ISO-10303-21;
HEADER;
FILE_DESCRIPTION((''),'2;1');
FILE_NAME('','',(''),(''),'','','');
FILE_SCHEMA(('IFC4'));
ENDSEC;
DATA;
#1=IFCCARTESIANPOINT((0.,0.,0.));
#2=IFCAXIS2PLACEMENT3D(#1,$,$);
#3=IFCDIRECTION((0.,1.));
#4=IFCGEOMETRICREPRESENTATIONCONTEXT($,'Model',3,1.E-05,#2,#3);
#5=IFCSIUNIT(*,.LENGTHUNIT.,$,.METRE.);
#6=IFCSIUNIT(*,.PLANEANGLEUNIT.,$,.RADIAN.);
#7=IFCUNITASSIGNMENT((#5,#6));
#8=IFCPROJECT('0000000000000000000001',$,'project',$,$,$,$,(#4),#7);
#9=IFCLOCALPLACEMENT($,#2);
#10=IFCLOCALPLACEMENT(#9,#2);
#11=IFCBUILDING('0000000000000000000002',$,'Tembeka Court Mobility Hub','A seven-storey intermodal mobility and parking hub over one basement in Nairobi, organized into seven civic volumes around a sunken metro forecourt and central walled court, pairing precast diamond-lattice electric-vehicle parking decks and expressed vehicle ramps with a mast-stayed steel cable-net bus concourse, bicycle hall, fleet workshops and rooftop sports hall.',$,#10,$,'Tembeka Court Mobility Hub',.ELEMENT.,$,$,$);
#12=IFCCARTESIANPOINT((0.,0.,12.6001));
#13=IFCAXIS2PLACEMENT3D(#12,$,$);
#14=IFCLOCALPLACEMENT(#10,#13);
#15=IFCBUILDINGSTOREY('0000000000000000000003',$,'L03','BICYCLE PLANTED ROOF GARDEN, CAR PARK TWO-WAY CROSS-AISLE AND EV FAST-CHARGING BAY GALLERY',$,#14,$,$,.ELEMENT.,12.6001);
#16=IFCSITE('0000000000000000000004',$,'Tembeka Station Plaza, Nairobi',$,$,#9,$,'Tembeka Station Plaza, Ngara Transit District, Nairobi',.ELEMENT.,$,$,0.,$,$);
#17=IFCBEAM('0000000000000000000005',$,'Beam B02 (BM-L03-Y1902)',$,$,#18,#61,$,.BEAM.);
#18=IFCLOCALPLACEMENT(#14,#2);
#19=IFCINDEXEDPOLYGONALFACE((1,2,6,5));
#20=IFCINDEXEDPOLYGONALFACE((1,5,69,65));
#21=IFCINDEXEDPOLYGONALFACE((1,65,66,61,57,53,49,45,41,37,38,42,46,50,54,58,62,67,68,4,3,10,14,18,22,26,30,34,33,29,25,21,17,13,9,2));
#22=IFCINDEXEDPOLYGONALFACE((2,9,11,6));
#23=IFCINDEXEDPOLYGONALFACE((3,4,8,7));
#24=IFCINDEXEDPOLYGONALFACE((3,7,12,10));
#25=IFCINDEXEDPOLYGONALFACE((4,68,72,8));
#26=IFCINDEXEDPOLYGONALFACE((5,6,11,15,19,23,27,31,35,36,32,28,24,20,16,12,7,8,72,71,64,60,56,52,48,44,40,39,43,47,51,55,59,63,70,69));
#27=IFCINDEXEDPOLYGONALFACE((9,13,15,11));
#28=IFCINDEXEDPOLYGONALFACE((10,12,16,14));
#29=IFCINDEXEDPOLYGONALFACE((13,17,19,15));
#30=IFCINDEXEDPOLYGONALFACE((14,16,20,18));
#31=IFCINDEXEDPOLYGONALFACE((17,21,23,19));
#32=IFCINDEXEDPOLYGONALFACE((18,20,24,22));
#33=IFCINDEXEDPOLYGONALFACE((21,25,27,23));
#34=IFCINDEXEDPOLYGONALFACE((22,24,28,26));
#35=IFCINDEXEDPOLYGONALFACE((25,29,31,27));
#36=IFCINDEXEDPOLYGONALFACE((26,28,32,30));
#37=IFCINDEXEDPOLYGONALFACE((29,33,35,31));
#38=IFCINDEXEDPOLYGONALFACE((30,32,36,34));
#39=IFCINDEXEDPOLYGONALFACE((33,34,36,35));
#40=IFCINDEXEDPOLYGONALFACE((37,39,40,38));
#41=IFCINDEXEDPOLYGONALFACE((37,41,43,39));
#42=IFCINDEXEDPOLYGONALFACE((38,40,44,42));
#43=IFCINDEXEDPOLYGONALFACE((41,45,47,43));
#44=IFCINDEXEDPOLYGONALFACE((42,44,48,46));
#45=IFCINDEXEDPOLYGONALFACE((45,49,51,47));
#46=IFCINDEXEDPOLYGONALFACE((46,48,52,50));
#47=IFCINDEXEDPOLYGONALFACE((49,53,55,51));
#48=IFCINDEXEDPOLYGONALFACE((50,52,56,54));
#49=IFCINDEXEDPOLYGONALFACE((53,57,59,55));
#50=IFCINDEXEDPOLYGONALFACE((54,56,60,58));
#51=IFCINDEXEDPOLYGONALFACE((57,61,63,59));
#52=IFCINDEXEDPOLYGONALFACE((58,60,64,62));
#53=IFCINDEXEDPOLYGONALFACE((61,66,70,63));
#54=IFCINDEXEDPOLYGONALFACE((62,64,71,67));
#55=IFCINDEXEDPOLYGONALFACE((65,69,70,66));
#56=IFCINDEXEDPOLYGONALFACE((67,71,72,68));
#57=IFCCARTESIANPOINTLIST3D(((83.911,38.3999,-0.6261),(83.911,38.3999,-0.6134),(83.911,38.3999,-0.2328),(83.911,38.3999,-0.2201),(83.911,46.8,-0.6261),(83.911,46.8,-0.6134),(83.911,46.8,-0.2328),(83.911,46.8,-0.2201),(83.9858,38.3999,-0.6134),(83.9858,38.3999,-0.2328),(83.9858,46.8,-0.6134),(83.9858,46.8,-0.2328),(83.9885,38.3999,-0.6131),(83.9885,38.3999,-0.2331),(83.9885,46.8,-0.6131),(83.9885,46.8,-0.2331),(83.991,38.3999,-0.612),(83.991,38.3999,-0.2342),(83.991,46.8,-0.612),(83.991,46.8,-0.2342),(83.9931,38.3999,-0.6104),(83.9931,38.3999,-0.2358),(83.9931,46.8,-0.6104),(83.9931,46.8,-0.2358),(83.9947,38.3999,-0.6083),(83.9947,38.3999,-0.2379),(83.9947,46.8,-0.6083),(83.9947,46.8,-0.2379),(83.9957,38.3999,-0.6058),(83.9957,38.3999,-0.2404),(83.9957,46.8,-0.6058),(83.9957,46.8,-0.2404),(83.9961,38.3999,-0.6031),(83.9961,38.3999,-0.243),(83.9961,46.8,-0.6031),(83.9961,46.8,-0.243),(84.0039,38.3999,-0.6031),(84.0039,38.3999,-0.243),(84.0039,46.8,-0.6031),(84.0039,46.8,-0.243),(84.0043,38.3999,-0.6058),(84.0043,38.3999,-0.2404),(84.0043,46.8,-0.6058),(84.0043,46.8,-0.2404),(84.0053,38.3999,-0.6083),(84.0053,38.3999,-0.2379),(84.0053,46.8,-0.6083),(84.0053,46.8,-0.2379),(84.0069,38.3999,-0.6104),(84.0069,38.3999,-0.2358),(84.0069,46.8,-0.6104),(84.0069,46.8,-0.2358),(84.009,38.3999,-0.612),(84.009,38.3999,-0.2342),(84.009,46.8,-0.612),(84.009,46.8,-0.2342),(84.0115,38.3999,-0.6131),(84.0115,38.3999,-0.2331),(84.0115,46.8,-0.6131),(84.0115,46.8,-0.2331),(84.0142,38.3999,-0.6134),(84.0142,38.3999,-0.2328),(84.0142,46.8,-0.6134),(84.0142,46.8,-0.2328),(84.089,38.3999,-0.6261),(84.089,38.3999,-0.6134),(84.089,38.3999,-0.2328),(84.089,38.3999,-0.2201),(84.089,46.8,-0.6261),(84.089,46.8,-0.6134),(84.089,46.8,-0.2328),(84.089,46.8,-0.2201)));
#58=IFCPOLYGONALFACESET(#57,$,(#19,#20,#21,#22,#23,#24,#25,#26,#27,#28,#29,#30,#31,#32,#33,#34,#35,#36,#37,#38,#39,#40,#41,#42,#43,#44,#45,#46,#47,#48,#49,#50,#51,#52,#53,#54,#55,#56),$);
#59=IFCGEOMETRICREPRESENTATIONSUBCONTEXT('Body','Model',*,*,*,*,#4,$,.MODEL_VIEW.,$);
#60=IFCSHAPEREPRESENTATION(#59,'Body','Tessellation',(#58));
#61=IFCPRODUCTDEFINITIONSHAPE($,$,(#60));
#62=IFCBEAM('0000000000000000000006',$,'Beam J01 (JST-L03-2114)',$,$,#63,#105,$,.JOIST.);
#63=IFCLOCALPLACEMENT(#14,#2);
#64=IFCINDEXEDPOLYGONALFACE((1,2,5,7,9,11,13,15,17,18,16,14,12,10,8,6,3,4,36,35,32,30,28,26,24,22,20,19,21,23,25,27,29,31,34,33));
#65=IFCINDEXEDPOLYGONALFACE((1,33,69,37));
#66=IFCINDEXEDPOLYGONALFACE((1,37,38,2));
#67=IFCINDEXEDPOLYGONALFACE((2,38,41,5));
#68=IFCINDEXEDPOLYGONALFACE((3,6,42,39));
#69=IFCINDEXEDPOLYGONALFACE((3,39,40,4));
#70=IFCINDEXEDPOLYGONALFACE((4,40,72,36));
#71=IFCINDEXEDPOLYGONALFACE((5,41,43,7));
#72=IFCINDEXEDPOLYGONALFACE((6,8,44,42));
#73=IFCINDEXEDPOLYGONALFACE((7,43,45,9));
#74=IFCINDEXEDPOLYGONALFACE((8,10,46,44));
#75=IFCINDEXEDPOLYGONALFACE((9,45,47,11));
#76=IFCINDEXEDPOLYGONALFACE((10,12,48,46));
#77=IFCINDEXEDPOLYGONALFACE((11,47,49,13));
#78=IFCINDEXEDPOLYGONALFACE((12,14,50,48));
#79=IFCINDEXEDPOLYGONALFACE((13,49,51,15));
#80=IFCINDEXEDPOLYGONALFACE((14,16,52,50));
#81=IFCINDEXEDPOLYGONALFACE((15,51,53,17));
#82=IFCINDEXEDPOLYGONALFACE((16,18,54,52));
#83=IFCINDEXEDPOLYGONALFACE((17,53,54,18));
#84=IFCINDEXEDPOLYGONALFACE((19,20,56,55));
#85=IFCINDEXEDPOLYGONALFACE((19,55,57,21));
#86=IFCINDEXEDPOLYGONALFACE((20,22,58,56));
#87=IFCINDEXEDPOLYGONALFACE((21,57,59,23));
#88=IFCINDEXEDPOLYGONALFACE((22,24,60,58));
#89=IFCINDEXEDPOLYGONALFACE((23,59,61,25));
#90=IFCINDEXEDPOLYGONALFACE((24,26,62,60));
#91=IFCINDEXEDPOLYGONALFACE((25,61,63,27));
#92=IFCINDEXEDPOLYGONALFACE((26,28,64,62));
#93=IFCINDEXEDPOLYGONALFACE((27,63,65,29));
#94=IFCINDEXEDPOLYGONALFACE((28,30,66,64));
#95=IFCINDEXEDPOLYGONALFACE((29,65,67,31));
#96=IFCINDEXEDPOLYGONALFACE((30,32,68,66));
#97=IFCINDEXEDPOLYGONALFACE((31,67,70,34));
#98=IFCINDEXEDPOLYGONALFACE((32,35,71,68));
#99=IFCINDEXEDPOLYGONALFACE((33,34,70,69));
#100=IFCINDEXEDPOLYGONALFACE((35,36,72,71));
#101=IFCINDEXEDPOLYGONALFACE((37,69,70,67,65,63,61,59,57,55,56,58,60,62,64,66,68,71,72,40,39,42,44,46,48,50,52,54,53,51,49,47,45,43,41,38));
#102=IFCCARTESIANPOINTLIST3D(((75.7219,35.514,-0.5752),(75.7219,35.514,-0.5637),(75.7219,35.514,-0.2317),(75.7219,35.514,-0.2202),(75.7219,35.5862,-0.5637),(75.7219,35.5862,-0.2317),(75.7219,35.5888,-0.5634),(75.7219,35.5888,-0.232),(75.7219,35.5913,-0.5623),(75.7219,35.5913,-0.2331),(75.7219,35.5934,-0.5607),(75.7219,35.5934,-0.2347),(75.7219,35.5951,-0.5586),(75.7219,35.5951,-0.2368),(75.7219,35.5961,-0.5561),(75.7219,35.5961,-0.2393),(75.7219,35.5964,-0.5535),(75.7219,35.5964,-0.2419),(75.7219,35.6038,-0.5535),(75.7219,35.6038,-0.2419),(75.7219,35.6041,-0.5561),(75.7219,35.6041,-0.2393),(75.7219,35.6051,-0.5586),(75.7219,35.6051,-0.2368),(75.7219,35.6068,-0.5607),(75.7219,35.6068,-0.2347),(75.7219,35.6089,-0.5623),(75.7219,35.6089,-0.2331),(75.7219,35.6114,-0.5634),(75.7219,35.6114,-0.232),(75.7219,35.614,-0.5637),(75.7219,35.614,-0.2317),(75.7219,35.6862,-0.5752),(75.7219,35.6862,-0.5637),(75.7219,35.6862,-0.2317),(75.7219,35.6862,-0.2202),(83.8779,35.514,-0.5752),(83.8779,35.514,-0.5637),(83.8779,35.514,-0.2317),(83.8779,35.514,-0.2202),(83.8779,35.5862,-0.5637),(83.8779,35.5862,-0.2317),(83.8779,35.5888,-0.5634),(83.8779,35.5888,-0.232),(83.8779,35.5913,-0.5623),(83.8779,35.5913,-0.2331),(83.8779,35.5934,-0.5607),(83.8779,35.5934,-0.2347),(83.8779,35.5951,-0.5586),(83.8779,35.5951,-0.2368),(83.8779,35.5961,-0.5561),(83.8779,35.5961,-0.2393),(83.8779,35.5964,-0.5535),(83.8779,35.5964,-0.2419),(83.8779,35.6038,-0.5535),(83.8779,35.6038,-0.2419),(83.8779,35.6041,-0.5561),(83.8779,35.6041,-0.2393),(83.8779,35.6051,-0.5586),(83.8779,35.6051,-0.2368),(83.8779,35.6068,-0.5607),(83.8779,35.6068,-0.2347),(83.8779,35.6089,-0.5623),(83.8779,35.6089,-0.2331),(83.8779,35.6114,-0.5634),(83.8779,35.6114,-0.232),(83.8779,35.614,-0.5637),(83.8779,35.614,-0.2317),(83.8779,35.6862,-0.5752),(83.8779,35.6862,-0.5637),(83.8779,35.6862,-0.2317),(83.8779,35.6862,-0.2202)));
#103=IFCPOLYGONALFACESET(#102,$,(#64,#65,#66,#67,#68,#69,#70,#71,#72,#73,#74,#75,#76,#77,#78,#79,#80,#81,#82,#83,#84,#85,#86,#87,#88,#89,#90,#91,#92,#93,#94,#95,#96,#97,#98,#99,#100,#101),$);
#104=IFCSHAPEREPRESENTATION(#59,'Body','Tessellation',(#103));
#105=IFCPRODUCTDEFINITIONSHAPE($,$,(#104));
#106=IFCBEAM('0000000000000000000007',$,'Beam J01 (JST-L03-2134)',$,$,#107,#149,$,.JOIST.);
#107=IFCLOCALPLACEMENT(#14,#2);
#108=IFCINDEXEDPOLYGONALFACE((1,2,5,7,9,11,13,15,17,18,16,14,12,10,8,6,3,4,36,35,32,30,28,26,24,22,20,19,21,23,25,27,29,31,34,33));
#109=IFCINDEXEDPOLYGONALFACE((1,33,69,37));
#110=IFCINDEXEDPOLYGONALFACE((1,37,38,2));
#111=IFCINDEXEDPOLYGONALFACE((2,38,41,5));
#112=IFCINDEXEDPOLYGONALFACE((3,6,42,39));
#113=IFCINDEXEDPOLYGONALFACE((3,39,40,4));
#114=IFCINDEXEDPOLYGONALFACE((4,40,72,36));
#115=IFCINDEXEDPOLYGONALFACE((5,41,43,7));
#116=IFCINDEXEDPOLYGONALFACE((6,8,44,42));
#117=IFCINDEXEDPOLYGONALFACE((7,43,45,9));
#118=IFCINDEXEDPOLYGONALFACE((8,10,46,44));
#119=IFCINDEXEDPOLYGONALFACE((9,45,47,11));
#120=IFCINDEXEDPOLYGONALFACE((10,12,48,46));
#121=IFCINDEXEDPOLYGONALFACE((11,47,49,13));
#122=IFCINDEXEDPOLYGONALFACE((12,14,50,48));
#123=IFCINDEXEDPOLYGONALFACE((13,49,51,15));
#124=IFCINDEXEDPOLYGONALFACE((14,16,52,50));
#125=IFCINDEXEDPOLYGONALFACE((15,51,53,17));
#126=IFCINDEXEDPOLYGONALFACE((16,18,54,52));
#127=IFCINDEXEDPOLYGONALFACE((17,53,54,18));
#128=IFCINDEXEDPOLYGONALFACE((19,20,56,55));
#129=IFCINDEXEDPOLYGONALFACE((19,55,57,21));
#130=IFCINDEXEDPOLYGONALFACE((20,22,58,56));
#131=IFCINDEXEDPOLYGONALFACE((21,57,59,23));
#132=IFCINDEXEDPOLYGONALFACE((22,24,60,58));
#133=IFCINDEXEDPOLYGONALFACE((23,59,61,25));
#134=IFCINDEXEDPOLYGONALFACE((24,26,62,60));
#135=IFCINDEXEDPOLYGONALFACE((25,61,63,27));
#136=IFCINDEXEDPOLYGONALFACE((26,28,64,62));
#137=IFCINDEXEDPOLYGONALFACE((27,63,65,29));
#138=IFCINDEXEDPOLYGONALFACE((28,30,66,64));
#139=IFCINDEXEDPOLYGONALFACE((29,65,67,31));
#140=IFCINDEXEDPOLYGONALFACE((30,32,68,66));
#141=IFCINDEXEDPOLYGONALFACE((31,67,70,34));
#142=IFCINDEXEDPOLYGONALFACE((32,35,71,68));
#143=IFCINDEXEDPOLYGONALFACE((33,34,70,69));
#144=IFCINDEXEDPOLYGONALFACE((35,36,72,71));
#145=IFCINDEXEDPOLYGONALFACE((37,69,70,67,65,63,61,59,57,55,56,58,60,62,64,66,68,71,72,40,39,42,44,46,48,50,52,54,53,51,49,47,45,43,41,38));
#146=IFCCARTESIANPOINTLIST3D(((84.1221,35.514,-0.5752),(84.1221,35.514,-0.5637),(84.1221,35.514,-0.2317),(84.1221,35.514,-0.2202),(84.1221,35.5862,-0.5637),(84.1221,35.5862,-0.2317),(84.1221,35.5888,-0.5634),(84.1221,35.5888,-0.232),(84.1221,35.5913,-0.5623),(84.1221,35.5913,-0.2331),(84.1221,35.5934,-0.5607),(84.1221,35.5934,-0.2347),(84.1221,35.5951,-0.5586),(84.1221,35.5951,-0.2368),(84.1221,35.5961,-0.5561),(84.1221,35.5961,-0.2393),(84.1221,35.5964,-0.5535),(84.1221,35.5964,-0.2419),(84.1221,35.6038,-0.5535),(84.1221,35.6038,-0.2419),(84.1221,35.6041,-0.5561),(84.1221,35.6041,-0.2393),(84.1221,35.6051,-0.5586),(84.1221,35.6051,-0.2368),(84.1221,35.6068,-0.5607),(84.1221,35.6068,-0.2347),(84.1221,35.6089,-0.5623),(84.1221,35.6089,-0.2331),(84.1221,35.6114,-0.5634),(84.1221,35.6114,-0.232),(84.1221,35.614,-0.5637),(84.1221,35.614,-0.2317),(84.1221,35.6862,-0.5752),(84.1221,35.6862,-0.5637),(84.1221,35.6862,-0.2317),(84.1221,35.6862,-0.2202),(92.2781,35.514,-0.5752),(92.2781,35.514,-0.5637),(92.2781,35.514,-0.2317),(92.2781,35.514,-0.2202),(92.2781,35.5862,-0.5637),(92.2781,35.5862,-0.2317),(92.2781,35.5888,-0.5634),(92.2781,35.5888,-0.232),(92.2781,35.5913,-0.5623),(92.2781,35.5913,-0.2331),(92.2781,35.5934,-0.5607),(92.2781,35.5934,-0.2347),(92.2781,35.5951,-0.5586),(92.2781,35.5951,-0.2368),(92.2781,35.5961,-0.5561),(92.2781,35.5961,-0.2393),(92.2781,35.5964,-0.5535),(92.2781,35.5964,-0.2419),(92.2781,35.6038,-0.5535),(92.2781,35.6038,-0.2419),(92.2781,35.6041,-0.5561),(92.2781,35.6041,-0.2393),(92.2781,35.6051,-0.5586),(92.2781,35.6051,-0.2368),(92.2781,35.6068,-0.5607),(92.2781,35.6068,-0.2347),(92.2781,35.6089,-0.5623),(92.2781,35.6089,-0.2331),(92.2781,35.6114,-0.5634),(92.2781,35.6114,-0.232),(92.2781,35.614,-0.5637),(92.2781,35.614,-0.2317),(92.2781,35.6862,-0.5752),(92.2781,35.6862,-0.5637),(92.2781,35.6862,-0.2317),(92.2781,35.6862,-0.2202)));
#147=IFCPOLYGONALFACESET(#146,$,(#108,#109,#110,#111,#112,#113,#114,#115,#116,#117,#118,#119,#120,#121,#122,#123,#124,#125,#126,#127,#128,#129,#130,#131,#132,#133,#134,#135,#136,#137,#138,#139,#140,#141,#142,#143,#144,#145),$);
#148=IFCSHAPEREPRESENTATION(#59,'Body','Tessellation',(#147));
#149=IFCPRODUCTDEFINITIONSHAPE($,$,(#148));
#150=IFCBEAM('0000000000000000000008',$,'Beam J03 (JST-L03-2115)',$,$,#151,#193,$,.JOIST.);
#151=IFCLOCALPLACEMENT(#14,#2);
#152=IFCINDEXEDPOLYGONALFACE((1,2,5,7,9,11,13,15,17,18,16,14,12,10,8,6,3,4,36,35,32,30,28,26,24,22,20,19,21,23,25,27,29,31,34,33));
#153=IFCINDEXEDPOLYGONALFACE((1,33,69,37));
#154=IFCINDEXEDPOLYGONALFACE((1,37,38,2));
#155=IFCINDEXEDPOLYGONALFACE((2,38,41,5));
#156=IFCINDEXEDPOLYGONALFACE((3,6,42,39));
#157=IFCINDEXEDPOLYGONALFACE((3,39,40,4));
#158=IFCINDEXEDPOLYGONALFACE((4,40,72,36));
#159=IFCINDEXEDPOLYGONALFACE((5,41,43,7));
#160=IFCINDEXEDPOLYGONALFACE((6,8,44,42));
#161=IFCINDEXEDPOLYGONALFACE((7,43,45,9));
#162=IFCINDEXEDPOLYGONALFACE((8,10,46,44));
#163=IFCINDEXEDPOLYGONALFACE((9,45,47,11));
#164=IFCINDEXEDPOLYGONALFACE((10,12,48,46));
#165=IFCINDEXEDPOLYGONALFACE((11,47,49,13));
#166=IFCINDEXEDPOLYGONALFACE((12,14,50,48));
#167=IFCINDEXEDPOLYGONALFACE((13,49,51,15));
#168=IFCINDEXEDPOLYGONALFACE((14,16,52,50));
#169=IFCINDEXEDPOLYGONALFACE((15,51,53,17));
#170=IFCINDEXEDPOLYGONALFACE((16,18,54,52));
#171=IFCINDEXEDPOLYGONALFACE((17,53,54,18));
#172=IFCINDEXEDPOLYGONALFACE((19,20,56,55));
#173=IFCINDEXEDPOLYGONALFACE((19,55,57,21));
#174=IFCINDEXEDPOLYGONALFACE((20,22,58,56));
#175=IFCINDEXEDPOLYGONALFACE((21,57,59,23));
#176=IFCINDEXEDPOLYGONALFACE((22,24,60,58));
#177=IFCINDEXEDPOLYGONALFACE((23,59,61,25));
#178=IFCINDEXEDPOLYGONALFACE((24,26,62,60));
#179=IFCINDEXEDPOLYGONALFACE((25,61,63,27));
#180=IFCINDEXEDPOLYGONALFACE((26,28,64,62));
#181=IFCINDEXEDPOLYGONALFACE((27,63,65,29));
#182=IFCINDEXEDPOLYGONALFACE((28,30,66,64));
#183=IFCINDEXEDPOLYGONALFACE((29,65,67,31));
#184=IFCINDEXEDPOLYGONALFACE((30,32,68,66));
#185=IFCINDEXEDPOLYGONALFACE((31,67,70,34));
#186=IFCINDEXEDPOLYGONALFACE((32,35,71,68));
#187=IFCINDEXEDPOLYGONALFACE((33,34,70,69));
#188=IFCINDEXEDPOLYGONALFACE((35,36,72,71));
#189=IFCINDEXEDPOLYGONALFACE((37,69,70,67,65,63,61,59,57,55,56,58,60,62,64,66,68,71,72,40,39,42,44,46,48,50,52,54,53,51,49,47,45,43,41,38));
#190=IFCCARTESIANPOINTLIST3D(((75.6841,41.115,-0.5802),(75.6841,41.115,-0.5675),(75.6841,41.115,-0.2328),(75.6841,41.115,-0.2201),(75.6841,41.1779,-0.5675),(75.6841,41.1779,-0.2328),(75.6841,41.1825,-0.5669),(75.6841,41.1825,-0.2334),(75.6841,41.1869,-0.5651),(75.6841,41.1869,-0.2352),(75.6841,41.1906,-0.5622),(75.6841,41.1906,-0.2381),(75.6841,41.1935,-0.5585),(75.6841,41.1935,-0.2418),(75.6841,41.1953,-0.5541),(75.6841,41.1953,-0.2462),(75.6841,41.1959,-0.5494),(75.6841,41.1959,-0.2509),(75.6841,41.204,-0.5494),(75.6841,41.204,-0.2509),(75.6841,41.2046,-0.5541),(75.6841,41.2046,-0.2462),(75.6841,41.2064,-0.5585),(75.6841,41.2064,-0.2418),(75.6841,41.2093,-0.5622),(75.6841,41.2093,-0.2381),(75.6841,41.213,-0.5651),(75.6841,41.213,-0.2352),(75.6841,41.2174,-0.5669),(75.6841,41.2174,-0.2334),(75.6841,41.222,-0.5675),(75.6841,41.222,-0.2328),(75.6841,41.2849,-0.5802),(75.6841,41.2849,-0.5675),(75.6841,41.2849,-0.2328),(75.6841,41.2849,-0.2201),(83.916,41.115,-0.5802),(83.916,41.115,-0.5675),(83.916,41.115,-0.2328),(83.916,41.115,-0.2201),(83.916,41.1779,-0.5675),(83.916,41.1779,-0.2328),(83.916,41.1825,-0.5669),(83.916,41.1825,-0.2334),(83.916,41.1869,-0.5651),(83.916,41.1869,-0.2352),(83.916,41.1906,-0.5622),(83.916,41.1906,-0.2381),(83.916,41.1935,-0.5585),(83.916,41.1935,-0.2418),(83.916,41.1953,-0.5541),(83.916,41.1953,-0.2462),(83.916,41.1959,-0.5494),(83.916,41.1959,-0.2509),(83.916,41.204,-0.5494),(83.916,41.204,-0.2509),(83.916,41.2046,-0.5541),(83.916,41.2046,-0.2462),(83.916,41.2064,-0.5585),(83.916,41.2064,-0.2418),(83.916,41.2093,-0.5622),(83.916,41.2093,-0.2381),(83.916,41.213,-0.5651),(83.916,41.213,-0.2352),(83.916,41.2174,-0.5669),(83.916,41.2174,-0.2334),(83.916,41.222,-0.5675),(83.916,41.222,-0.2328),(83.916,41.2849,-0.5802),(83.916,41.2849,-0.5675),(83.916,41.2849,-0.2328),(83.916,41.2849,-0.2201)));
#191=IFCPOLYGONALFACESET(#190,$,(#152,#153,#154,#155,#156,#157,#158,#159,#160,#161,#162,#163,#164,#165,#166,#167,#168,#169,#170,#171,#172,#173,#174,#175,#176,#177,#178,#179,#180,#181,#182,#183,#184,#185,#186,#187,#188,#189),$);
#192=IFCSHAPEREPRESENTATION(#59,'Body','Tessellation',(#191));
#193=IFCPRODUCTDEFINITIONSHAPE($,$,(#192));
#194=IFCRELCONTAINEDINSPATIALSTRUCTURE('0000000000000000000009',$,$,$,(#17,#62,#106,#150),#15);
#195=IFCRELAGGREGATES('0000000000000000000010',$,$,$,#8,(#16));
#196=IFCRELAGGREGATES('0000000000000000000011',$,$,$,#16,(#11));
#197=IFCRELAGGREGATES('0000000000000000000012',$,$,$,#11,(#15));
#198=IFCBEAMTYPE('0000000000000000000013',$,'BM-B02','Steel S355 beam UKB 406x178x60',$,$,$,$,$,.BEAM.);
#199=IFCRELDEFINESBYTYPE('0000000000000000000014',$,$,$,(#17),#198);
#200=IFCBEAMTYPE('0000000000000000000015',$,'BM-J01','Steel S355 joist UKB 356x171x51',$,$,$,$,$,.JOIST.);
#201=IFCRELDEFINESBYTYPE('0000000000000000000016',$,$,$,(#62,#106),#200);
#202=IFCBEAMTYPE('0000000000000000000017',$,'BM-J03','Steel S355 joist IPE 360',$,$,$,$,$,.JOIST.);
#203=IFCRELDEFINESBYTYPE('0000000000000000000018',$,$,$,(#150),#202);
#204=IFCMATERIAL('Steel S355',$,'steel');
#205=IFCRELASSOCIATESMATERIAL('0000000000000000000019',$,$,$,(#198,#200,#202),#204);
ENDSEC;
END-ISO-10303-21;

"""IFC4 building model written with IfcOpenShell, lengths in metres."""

from ifc_helpers import new_model, si_unit, direction, frame, origin, origin_2d, place, context, subcontext, project, spatial, i_section, extrude, material, material_profile, profile_set, type_object, element, save


model = new_model("IFC4")

# Units and contexts
model_context = context("Model", 3, precision=1e-05, world=origin(), true_north=direction((0.0, 1.0)))
body_context = subcontext(model_context, "Body", "Model", "MODEL_VIEW")
ifc_project = project(units=[si_unit("LENGTHUNIT", "METRE"), si_unit("PLANEANGLEUNIT", "RADIAN")], contexts=[model_context])

# Site, building, storey
site_placement = place(None, origin())
site = spatial("IfcSite", under=ifc_project, at=site_placement, Name="Tembeka Station Plaza, Nairobi", LongName="Tembeka Station Plaza, Ngara Transit District, Nairobi", CompositionType="ELEMENT", RefElevation=0.0)
building_placement = place(site_placement, origin())
building = spatial("IfcBuilding", under=site, at=building_placement, Name="Tembeka Court Mobility Hub", Description="A seven-storey intermodal mobility and parking hub over one basement in Nairobi, organized into seven civic volumes around a sunken metro forecourt and central walled court, pairing precast diamond-lattice electric-vehicle parking decks and expressed vehicle ramps with a mast-stayed steel cable-net bus concourse, bicycle hall, fleet workshops and rooftop sports hall.", LongName="Tembeka Court Mobility Hub", CompositionType="ELEMENT")
storey_placement = place(building_placement, frame((0.0, 0.0, 12.6001)))
storey = spatial("IfcBuildingStorey", under=building, at=storey_placement, Name="L03", Description="BICYCLE PLANTED ROOF GARDEN, CAR PARK TWO-WAY CROSS-AISLE AND EV FAST-CHARGING BAY GALLERY", CompositionType="ELEMENT", Elevation=12.6001)

# Shared definitions
ifc_material_1 = material(Name="Steel S355", Category="steel")

# Beams
ifc_material_profile_1 = material_profile(ifc_material_1, i_section(OverallWidth=0.178, OverallDepth=0.406, WebThickness=0.0078, FlangeThickness=0.0127, FilletRadius=0.0103, at=origin_2d()), Name="UKB 406x178x60")
ifc_profile_set_1 = profile_set([ifc_material_profile_1], Name="Steel S355")
beam_type_1 = type_object("IfcBeamType", Name="BM-B02", Description="Steel S355 beam UKB 406x178x60", PredefinedType="BEAM", material=ifc_profile_set_1)
for number, where, z_axis, x_axis, name in (
    (1, (84.0, 38.3999, -0.4231), (0.0, 1.0, 0.0), (-1.0, 0.0, 0.0), "Beam B02 (BM-L03-Y1902)"),
):
    element("IfcBeam", number, at=place(storey_placement, frame(where, z_axis=z_axis, x_axis=x_axis)), inside=storey, type_object=beam_type_1, Name=name, PredefinedType="BEAM", context=body_context, shape_type="SweptSolid", body=[
        extrude(i_section(OverallWidth=0.178, OverallDepth=0.406, WebThickness=0.0078, FlangeThickness=0.0127, FilletRadius=0.0103, at=origin_2d()), origin(), (0.0, 0.0, 1.0), 8.4001),
    ])
ifc_material_profile_2 = material_profile(ifc_material_1, i_section(OverallWidth=0.1721, OverallDepth=0.355, WebThickness=0.0073, FlangeThickness=0.0115, FilletRadius=0.0103, at=origin_2d()), Name="UKB 356x171x51")
ifc_profile_set_2 = profile_set([ifc_material_profile_2], Name="Steel S355")
beam_type_2 = type_object("IfcBeamType", Name="BM-J01", Description="Steel S355 joist UKB 356x171x51", PredefinedType="JOIST", material=ifc_profile_set_2)
for number, where, z_axis, x_axis, name in (
    (2, (75.7219, 35.6001, -0.3977), (1.0, 0.0, 0.0), (0.0, 1.0, 0.0), "Beam J01 (JST-L03-2114)"),
    (3, (84.1221, 35.6001, -0.3977), (1.0, 0.0, 0.0), (0.0, 1.0, 0.0), "Beam J01 (JST-L03-2134)"),
):
    element("IfcBeam", number, at=place(storey_placement, frame(where, z_axis=z_axis, x_axis=x_axis)), inside=storey, type_object=beam_type_2, Name=name, PredefinedType="JOIST", context=body_context, shape_type="SweptSolid", body=[
        extrude(i_section(OverallWidth=0.1721, OverallDepth=0.355, WebThickness=0.0073, FlangeThickness=0.0115, FilletRadius=0.0103, at=origin_2d()), origin(), (0.0, 0.0, 1.0), 8.156),
    ])
ifc_material_profile_3 = material_profile(ifc_material_1, i_section(OverallWidth=0.1699, OverallDepth=0.3601, WebThickness=0.0081, FlangeThickness=0.0127, FilletRadius=0.0181, at=origin_2d()), Name="IPE 360")
ifc_profile_set_3 = profile_set([ifc_material_profile_3], Name="Steel S355")
beam_type_3 = type_object("IfcBeamType", Name="BM-J03", Description="Steel S355 joist IPE 360", PredefinedType="JOIST", material=ifc_profile_set_3)
beam_1_placement = place(storey_placement, frame((75.6841, 41.2, -0.4001), z_axis=(1.0, 0.0, 0.0), x_axis=(0.0, 1.0, 0.0)))
element("IfcBeam", 4, at=beam_1_placement, inside=storey, type_object=beam_type_3, Name="Beam J03 (JST-L03-2115)", PredefinedType="JOIST", context=body_context, shape_type="SweptSolid", body=[
    extrude(i_section(OverallWidth=0.1699, OverallDepth=0.3601, WebThickness=0.0081, FlangeThickness=0.0127, FilletRadius=0.0181, at=origin_2d()), origin(), (0.0, 0.0, 1.0), 8.2319),
])

save(model, "model.ifc")
